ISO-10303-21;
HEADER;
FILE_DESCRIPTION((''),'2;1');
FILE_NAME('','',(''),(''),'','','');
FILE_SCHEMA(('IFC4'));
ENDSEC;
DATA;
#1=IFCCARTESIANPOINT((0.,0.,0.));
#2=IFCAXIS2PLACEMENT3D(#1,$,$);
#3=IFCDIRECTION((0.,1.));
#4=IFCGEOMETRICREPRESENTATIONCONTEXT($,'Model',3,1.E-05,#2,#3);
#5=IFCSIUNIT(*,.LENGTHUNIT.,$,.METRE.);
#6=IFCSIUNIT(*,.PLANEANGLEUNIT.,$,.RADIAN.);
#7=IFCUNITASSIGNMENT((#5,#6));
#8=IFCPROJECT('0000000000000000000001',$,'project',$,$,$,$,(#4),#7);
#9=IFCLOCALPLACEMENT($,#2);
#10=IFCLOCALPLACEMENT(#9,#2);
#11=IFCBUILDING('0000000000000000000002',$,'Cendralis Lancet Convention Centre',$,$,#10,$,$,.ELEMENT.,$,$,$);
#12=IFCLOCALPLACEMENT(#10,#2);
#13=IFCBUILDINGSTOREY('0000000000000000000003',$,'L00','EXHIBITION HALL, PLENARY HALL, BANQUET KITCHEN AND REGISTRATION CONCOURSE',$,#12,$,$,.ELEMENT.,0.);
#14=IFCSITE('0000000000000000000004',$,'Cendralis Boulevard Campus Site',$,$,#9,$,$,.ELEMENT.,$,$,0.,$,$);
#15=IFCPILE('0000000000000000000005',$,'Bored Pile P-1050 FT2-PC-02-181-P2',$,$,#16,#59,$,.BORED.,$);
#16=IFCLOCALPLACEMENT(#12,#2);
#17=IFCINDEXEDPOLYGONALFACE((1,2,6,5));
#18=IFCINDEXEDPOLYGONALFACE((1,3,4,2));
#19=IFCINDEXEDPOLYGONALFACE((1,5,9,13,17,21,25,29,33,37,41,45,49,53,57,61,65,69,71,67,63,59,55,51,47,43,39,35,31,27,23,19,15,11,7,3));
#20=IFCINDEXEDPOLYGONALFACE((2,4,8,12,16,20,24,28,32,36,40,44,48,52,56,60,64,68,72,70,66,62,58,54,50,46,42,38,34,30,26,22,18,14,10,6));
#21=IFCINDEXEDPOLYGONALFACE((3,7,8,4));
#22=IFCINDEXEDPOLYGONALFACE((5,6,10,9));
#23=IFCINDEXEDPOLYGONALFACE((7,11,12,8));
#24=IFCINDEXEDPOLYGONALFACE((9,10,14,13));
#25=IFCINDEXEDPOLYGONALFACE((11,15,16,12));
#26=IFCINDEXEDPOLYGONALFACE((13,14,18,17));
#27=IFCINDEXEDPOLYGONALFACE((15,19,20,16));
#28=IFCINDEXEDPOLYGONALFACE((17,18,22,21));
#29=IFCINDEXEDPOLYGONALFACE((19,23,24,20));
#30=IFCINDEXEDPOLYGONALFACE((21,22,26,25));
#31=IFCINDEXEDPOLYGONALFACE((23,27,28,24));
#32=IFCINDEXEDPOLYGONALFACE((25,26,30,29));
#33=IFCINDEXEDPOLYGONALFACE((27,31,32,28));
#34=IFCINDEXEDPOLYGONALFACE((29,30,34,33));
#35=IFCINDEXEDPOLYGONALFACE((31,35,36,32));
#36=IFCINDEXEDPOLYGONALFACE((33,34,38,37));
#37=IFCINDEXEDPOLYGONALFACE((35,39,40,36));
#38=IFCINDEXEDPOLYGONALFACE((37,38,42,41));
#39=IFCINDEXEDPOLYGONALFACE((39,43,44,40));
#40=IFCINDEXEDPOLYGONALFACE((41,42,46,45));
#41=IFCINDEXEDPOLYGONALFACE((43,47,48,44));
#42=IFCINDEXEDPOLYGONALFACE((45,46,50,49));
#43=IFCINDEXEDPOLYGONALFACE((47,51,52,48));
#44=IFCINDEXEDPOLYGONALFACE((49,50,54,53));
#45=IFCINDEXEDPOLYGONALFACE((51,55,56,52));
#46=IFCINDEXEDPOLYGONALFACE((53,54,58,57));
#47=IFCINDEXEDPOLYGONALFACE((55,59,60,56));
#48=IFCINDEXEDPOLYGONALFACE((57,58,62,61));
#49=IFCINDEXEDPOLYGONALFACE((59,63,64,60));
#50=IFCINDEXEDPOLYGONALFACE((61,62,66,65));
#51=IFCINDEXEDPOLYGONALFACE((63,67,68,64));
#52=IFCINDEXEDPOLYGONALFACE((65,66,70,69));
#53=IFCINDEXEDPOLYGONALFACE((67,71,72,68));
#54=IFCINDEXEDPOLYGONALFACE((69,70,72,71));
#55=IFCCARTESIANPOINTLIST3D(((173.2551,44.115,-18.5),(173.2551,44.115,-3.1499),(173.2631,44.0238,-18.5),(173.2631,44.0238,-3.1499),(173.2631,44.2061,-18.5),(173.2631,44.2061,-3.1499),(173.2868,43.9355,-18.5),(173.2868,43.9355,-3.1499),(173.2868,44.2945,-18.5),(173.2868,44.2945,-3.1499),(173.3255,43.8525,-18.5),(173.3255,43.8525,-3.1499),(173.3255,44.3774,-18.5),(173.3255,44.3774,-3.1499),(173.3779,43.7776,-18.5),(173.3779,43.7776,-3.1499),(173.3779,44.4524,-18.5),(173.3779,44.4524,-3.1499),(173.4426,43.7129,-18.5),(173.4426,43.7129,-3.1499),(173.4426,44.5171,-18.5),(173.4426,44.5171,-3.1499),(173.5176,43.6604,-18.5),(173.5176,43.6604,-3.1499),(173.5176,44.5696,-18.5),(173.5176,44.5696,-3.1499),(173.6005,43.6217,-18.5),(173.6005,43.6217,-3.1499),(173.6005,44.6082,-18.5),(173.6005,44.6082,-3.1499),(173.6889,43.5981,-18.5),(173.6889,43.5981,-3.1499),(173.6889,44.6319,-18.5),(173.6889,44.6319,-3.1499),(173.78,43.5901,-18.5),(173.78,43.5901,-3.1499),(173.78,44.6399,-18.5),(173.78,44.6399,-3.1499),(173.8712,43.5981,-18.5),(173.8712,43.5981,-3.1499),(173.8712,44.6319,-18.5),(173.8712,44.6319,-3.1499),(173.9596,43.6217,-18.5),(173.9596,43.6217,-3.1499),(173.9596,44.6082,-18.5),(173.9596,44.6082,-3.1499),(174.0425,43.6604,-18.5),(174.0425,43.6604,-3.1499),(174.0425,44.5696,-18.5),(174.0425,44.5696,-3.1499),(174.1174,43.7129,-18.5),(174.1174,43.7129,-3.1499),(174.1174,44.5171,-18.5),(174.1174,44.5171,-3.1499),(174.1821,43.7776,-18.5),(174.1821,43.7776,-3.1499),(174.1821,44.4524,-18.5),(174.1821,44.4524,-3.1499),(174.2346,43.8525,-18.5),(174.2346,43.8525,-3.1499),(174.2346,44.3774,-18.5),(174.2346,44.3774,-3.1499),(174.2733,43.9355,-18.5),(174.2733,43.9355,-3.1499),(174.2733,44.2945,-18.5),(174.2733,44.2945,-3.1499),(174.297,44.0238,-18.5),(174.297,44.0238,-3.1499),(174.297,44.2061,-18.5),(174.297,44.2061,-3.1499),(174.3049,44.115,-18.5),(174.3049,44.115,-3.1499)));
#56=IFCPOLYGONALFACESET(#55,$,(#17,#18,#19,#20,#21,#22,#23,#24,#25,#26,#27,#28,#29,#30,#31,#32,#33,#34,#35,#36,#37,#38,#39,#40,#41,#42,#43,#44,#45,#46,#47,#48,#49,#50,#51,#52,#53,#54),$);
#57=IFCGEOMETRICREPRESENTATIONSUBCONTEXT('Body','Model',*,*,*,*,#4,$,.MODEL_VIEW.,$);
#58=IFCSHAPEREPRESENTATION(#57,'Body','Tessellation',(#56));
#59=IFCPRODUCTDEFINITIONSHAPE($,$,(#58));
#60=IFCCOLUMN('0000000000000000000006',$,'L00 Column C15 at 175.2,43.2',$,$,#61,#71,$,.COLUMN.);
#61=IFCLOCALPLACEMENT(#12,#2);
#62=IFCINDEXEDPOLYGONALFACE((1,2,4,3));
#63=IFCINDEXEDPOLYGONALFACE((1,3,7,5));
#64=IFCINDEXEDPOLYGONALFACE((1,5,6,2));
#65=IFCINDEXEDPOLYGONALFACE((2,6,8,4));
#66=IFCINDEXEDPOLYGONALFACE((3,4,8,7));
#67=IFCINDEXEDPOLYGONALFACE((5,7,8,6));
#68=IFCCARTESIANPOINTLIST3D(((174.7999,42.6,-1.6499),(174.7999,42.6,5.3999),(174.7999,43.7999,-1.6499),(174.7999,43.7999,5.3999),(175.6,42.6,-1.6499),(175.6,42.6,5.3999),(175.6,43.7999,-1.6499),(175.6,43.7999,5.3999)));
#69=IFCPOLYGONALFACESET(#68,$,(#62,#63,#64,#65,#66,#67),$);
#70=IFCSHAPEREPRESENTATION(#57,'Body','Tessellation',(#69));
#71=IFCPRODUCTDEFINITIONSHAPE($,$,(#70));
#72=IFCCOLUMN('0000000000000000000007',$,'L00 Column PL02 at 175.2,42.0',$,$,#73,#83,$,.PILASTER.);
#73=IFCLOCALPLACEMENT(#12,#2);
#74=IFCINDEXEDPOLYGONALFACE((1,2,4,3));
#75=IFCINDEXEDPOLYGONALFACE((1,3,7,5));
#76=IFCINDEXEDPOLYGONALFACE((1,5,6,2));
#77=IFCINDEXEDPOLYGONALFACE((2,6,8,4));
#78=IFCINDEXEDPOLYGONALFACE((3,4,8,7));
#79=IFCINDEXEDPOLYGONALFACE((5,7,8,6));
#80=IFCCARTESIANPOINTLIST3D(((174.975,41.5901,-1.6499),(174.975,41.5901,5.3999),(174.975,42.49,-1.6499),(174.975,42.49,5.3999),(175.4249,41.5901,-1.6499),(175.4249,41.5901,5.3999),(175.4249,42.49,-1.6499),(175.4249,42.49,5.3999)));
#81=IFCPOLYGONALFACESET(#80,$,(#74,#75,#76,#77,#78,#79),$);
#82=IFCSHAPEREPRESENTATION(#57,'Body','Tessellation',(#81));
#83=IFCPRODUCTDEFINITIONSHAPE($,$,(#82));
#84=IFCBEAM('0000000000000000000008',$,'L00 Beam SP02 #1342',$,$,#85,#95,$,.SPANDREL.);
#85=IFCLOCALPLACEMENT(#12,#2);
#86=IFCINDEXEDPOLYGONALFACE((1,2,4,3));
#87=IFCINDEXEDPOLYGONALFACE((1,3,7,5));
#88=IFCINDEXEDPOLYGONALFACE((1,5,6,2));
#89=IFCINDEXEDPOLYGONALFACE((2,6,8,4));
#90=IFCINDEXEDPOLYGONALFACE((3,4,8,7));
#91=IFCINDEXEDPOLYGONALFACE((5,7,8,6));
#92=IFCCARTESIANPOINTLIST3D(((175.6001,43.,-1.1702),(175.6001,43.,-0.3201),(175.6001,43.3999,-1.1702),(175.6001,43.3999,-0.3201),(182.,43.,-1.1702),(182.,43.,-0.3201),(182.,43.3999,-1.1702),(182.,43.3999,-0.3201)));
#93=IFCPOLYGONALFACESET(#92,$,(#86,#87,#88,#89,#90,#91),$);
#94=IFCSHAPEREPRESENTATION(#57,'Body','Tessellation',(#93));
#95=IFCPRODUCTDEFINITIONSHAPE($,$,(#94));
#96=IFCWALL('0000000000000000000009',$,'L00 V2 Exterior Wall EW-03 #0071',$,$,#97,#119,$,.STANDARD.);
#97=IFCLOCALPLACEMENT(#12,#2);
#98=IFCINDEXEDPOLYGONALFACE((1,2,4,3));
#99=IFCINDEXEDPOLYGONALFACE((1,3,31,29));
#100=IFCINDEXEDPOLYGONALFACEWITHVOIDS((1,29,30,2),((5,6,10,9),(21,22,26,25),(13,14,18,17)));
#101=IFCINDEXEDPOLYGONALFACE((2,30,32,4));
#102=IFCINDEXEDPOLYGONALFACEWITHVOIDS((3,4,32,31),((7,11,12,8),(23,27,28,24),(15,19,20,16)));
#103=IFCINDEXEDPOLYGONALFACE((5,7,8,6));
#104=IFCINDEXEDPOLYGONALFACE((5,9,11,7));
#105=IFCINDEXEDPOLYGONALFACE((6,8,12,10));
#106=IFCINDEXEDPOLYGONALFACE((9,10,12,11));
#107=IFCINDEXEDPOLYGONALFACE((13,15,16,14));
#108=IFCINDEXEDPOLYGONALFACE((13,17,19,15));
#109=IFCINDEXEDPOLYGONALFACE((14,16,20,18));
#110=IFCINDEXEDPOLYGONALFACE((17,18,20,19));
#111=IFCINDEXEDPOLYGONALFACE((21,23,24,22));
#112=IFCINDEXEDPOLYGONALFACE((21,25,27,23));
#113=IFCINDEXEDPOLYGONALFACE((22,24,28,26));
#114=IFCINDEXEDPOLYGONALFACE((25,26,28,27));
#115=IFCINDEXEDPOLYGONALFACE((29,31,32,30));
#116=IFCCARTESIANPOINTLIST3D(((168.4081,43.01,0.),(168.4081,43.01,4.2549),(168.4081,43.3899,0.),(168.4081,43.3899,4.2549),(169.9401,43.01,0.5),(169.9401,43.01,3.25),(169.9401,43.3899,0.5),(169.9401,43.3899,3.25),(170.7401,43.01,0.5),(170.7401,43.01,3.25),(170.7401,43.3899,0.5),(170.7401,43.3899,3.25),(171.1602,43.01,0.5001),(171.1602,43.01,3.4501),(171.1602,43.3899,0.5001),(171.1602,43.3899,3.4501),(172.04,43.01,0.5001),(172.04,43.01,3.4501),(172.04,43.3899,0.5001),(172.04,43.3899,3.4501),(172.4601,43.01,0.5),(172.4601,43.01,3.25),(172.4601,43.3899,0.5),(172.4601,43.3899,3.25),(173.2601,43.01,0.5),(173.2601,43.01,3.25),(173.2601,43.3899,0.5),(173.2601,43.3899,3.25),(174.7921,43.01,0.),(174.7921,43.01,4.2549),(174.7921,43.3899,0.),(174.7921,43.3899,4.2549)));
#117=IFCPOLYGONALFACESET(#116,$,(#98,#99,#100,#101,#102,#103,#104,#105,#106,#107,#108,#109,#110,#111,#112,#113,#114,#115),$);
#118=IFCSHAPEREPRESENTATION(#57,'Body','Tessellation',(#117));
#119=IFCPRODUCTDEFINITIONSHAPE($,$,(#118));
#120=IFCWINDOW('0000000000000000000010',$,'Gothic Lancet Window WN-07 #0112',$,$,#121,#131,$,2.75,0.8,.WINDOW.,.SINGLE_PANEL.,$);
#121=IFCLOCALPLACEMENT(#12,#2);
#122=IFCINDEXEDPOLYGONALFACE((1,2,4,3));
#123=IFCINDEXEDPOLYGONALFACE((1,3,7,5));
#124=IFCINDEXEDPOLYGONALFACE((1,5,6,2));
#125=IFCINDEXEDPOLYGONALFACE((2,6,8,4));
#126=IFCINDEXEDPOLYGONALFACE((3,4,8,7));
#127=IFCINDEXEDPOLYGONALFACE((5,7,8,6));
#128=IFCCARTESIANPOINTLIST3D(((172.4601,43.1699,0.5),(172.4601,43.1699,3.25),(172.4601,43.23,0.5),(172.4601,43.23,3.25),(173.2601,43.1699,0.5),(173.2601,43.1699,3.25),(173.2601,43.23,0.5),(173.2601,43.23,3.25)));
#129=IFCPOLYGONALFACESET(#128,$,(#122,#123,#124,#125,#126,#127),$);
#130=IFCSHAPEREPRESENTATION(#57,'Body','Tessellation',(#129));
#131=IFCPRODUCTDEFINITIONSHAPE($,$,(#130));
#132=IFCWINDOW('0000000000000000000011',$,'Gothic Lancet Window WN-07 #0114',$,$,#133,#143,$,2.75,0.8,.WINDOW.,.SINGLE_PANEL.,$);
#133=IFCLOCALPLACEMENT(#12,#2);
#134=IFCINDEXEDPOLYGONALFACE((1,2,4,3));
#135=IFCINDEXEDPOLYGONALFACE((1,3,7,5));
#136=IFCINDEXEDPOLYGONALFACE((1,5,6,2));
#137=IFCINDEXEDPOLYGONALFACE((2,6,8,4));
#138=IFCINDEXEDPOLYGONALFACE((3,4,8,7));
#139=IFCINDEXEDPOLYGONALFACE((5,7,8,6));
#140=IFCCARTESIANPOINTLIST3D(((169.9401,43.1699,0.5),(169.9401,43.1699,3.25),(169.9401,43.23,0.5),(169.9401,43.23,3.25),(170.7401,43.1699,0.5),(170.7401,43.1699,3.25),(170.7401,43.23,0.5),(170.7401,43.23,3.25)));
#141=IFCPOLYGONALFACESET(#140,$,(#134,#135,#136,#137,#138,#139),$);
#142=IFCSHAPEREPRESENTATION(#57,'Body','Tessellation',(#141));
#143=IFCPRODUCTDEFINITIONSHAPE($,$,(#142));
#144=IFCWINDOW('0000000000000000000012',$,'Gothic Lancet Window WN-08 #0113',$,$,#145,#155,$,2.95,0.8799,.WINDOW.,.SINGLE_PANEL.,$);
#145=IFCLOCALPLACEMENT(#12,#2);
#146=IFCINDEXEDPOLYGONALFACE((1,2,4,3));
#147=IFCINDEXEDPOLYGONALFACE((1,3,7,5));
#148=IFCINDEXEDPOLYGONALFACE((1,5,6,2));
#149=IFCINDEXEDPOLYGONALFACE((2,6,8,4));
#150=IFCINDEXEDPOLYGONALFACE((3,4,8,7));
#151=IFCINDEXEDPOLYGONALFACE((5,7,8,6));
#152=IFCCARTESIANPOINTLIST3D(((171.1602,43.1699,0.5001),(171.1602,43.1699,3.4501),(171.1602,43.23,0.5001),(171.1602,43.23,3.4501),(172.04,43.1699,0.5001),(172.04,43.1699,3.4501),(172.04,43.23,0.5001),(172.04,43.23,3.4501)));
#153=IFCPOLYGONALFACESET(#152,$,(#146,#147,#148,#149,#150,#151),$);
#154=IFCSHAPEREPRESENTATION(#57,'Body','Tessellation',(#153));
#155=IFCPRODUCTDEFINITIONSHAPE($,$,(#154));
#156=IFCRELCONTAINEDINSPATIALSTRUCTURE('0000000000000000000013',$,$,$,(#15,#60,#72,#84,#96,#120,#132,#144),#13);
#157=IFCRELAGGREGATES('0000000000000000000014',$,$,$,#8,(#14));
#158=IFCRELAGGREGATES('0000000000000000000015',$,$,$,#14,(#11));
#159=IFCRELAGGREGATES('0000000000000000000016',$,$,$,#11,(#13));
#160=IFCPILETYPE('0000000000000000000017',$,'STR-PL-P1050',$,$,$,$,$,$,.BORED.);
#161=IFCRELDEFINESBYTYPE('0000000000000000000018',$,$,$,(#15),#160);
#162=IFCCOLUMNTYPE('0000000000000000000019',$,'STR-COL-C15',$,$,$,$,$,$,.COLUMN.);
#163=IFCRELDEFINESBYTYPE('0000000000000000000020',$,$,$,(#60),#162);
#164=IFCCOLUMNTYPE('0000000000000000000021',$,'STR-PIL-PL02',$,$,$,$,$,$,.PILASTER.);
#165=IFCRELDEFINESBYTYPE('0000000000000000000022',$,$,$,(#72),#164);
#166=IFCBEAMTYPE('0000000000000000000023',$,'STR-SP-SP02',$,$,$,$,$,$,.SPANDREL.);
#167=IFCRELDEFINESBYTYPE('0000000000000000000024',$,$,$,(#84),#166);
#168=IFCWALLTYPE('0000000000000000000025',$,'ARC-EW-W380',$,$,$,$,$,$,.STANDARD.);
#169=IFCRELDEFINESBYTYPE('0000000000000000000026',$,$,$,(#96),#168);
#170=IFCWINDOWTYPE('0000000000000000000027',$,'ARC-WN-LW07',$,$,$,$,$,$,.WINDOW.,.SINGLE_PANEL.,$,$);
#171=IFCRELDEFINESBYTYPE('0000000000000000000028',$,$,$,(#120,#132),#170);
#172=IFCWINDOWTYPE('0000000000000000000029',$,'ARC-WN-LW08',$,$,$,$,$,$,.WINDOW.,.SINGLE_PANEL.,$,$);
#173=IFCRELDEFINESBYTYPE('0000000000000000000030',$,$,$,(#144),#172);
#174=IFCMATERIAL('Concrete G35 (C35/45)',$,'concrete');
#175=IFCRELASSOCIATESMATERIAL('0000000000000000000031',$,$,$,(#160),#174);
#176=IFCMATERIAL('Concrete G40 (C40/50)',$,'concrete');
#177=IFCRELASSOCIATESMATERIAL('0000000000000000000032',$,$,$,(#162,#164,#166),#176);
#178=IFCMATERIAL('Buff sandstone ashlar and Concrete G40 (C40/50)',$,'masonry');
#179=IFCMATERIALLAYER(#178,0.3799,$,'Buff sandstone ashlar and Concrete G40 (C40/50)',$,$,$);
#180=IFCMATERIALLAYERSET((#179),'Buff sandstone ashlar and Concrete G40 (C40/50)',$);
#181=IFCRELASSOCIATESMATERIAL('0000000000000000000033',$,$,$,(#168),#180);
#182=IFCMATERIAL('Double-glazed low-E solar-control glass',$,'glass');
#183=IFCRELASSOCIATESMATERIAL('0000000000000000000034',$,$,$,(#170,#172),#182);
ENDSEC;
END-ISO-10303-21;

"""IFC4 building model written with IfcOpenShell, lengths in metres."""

from ifc_helpers import new_model, si_unit, direction, frame, frame_2d, origin, origin_2d, place, context, subcontext, project, spatial, rectangle, circle, extrude, material, layer, layer_set, material_profile, profile_set, type_object, element, fill, save


model = new_model("IFC4")

# Units and contexts
model_context = context("Model", 3, precision=1e-05, world=origin(), true_north=direction((0.0, 1.0)))
body_context = subcontext(model_context, "Body", "Model", "MODEL_VIEW")
ifc_project = project(units=[si_unit("LENGTHUNIT", "METRE"), si_unit("PLANEANGLEUNIT", "RADIAN")], contexts=[model_context])

# Site, building, storey
site_placement = place(None, origin())
site = spatial("IfcSite", under=ifc_project, at=site_placement, Name="Cendralis Boulevard Campus Site", CompositionType="ELEMENT", RefElevation=0.0)
building_placement = place(site_placement, origin())
building = spatial("IfcBuilding", under=site, at=building_placement, Name="Cendralis Lancet Convention Centre", CompositionType="ELEMENT")
storey_placement = place(building_placement, origin())
storey = spatial("IfcBuildingStorey", under=building, at=storey_placement, Name="L00", Description="EXHIBITION HALL, PLENARY HALL, BANQUET KITCHEN AND REGISTRATION CONCOURSE", CompositionType="ELEMENT", Elevation=0.0)

# Shared definitions
ifc_material_1 = material(Name="Concrete G35 (C35/45)", Category="concrete")

# Pile
ifc_material_profile_1 = material_profile(ifc_material_1, circle(Radius=0.5249, at=origin_2d()), Name="BORED PILE D1050")
ifc_profile_set_1 = profile_set([ifc_material_profile_1], Name="Concrete G35 (C35/45)")
pile_type = type_object("IfcPileType", Name="STR-PL-P1050", PredefinedType="BORED", material=ifc_profile_set_1)
for number, where, z_axis, x_axis, name in (
    (1, (173.78, 44.115, -3.1499), (0.0, 0.0, -1.0), (1.0, 0.0, 0.0), "Bored Pile P-1050 FT2-PC-02-181-P2"),
):
    element("IfcPile", number, at=place(storey_placement, frame(where, z_axis=z_axis, x_axis=x_axis)), inside=storey, type_object=pile_type, Name=name, PredefinedType="BORED", context=body_context, shape_type="SweptSolid", body=[
        extrude(circle(Radius=0.5249, at=origin_2d()), origin(), (0.0, 0.0, 1.0), 15.3501),
    ])

# Columns
ifc_material_2 = material(Name="Concrete G40 (C40/50)", Category="concrete")
ifc_material_profile_2 = material_profile(ifc_material_2, rectangle(XDim=0.8, YDim=1.2, at=origin_2d()), Name="RC 800x1200")
ifc_profile_set_2 = profile_set([ifc_material_profile_2], Name="Concrete G40 (C40/50)")
column_type_1 = type_object("IfcColumnType", Name="STR-COL-C15", PredefinedType="COLUMN", material=ifc_profile_set_2)
column_1_placement = place(storey_placement, frame((175.2, 43.2, -1.6499), z_axis=(0.0, 0.0, 1.0), x_axis=(1.0, 0.0, 0.0)))
element("IfcColumn", 2, at=column_1_placement, inside=storey, type_object=column_type_1, Name="L00 Column C15 at 175.2,43.2", PredefinedType="COLUMN", context=body_context, shape_type="SweptSolid", body=[
    extrude(rectangle(XDim=0.8, YDim=1.2, at=origin_2d()), origin(), (0.0, 0.0, 1.0), 7.0498),
])
ifc_material_profile_3 = material_profile(ifc_material_2, rectangle(XDim=0.45, YDim=0.8999, at=origin_2d()), Name="RC 450x900")
ifc_profile_set_3 = profile_set([ifc_material_profile_3], Name="Concrete G40 (C40/50)")
column_type_2 = type_object("IfcColumnType", Name="STR-PIL-PL02", PredefinedType="PILASTER", material=ifc_profile_set_3)
column_2_placement = place(storey_placement, frame((175.2, 42.04, -1.6499), z_axis=(0.0, 0.0, 1.0), x_axis=(1.0, 0.0, 0.0)))
element("IfcColumn", 3, at=column_2_placement, inside=storey, type_object=column_type_2, Name="L00 Column PL02 at 175.2,42.0", PredefinedType="PILASTER", context=body_context, shape_type="SweptSolid", body=[
    extrude(rectangle(XDim=0.45, YDim=0.8999, at=origin_2d()), origin(), (0.0, 0.0, 1.0), 7.0498),
])

# Beam
ifc_material_profile_4 = material_profile(ifc_material_2, rectangle(XDim=0.3999, YDim=0.8501, at=origin_2d()), Name="RCB 400x850")
ifc_profile_set_4 = profile_set([ifc_material_profile_4], Name="Concrete G40 (C40/50)")
beam_type = type_object("IfcBeamType", Name="STR-SP-SP02", PredefinedType="SPANDREL", material=ifc_profile_set_4)
beam_placement = place(storey_placement, frame((175.6001, 43.2, -0.7451), z_axis=(1.0, 0.0, 0.0), x_axis=(0.0, 1.0, 0.0)))
element("IfcBeam", 4, at=beam_placement, inside=storey, type_object=beam_type, Name="L00 Beam SP02 #1342", PredefinedType="SPANDREL", context=body_context, shape_type="SweptSolid", body=[
    extrude(rectangle(XDim=0.3999, YDim=0.8501, at=origin_2d()), origin(), (0.0, 0.0, 1.0), 6.3999),
])

# Wall, openings, windows
ifc_material_3 = material(Name="Buff sandstone ashlar and Concrete G40 (C40/50)", Category="masonry")
ifc_layer_1 = layer(ifc_material_3, 0.3799, Name="Buff sandstone ashlar and Concrete G40 (C40/50)")
ifc_layer_set_1 = layer_set([ifc_layer_1], Name="Buff sandstone ashlar and Concrete G40 (C40/50)")
wall_type_1 = type_object("IfcWallType", Name="ARC-EW-W380", PredefinedType="STANDARD", material=ifc_layer_set_1)
wall_1_placement = place(storey_placement, frame((174.792, 43.2, 0.0), z_axis=(0.0, 0.0, 1.0), x_axis=(-1.0, 0.0, 0.0)))
wall_1 = element("IfcWall", 5, at=wall_1_placement, inside=storey, type_object=wall_type_1, Name="L00 V2 Exterior Wall EW-03 #0071", PredefinedType="STANDARD", context=body_context, shape_type="SweptSolid", body=[
    extrude(rectangle(XDim=6.384, YDim=0.3799, at=frame_2d((3.1919, 0.0))), origin(), (0.0, 0.0, 1.0), 4.2549),
])
opening_1_placement = place(wall_1_placement, frame((1.532, 0.0, 0.5)))
opening_1 = element("IfcOpeningElement", 6, at=opening_1_placement, cuts=wall_1, PredefinedType="OPENING", context=body_context, shape_type="SweptSolid", body=[
    extrude(rectangle(XDim=0.8, YDim=2.75, at=frame_2d((0.3999, 1.375))), frame((0.0, 0.2, 0.0), z_axis=(0.0, -1.0, 0.0), x_axis=(1.0, 0.0, 0.0)), (0.0, 0.0, 1.0), 0.3999),
])
opening_2_placement = place(wall_1_placement, frame((2.752, 0.0, 0.5)))
opening_2 = element("IfcOpeningElement", 7, at=opening_2_placement, cuts=wall_1, PredefinedType="OPENING", context=body_context, shape_type="SweptSolid", body=[
    extrude(rectangle(XDim=0.8799, YDim=2.95, at=frame_2d((0.4399, 1.4751))), frame((0.0, 0.2, 0.0), z_axis=(0.0, -1.0, 0.0), x_axis=(1.0, 0.0, 0.0)), (0.0, 0.0, 1.0), 0.3999),
])
opening_3_placement = place(wall_1_placement, frame((4.052, 0.0, 0.5)))
opening_3 = element("IfcOpeningElement", 8, at=opening_3_placement, cuts=wall_1, PredefinedType="OPENING", context=body_context, shape_type="SweptSolid", body=[
    extrude(rectangle(XDim=0.8, YDim=2.75, at=frame_2d((0.3999, 1.375))), frame((0.0, 0.2, 0.0), z_axis=(0.0, -1.0, 0.0), x_axis=(1.0, 0.0, 0.0)), (0.0, 0.0, 1.0), 0.3999),
])
ifc_material_4 = material(Name="Double-glazed low-E solar-control glass", Category="glass")
window_type_1 = type_object("IfcWindowType", Name="ARC-WN-LW07", PartitioningType="SINGLE_PANEL", PredefinedType="WINDOW", material=ifc_material_4)
window_1_placement = place(opening_1_placement, origin())
window_1 = element("IfcWindow", 9, at=window_1_placement, inside=storey, type_object=window_type_1, Name="Gothic Lancet Window WN-07 #0112", OverallHeight=2.75, OverallWidth=0.8, PartitioningType="SINGLE_PANEL", PredefinedType="WINDOW", context=body_context, shape_type="SweptSolid", body=[
    extrude(rectangle(XDim=0.8, YDim=2.75, at=frame_2d((0.3999, 1.375))), frame((0.0, 0.03, 0.0), z_axis=(0.0, -1.0, 0.0), x_axis=(1.0, 0.0, 0.0)), (0.0, 0.0, 1.0), 0.0601),
])
fill(opening_1, window_1)
window_2_placement = place(opening_3_placement, origin())
window_2 = element("IfcWindow", 10, at=window_2_placement, inside=storey, type_object=window_type_1, Name="Gothic Lancet Window WN-07 #0114", OverallHeight=2.75, OverallWidth=0.8, PartitioningType="SINGLE_PANEL", PredefinedType="WINDOW", context=body_context, shape_type="SweptSolid", body=[
    extrude(rectangle(XDim=0.8, YDim=2.75, at=frame_2d((0.3999, 1.375))), frame((0.0, 0.03, 0.0), z_axis=(0.0, -1.0, 0.0), x_axis=(1.0, 0.0, 0.0)), (0.0, 0.0, 1.0), 0.0601),
])
fill(opening_3, window_2)
window_type_2 = type_object("IfcWindowType", Name="ARC-WN-LW08", PartitioningType="SINGLE_PANEL", PredefinedType="WINDOW", material=ifc_material_4)
window_3_placement = place(opening_2_placement, origin())
window_3 = element("IfcWindow", 11, at=window_3_placement, inside=storey, type_object=window_type_2, Name="Gothic Lancet Window WN-08 #0113", OverallHeight=2.95, OverallWidth=0.8799, PartitioningType="SINGLE_PANEL", PredefinedType="WINDOW", context=body_context, shape_type="SweptSolid", body=[
    extrude(rectangle(XDim=0.8799, YDim=2.95, at=frame_2d((0.4399, 1.4751))), frame((0.0, 0.03, 0.0), z_axis=(0.0, -1.0, 0.0), x_axis=(1.0, 0.0, 0.0)), (0.0, 0.0, 1.0), 0.0601),
])
fill(opening_2, window_3)

save(model, "model.ifc")
